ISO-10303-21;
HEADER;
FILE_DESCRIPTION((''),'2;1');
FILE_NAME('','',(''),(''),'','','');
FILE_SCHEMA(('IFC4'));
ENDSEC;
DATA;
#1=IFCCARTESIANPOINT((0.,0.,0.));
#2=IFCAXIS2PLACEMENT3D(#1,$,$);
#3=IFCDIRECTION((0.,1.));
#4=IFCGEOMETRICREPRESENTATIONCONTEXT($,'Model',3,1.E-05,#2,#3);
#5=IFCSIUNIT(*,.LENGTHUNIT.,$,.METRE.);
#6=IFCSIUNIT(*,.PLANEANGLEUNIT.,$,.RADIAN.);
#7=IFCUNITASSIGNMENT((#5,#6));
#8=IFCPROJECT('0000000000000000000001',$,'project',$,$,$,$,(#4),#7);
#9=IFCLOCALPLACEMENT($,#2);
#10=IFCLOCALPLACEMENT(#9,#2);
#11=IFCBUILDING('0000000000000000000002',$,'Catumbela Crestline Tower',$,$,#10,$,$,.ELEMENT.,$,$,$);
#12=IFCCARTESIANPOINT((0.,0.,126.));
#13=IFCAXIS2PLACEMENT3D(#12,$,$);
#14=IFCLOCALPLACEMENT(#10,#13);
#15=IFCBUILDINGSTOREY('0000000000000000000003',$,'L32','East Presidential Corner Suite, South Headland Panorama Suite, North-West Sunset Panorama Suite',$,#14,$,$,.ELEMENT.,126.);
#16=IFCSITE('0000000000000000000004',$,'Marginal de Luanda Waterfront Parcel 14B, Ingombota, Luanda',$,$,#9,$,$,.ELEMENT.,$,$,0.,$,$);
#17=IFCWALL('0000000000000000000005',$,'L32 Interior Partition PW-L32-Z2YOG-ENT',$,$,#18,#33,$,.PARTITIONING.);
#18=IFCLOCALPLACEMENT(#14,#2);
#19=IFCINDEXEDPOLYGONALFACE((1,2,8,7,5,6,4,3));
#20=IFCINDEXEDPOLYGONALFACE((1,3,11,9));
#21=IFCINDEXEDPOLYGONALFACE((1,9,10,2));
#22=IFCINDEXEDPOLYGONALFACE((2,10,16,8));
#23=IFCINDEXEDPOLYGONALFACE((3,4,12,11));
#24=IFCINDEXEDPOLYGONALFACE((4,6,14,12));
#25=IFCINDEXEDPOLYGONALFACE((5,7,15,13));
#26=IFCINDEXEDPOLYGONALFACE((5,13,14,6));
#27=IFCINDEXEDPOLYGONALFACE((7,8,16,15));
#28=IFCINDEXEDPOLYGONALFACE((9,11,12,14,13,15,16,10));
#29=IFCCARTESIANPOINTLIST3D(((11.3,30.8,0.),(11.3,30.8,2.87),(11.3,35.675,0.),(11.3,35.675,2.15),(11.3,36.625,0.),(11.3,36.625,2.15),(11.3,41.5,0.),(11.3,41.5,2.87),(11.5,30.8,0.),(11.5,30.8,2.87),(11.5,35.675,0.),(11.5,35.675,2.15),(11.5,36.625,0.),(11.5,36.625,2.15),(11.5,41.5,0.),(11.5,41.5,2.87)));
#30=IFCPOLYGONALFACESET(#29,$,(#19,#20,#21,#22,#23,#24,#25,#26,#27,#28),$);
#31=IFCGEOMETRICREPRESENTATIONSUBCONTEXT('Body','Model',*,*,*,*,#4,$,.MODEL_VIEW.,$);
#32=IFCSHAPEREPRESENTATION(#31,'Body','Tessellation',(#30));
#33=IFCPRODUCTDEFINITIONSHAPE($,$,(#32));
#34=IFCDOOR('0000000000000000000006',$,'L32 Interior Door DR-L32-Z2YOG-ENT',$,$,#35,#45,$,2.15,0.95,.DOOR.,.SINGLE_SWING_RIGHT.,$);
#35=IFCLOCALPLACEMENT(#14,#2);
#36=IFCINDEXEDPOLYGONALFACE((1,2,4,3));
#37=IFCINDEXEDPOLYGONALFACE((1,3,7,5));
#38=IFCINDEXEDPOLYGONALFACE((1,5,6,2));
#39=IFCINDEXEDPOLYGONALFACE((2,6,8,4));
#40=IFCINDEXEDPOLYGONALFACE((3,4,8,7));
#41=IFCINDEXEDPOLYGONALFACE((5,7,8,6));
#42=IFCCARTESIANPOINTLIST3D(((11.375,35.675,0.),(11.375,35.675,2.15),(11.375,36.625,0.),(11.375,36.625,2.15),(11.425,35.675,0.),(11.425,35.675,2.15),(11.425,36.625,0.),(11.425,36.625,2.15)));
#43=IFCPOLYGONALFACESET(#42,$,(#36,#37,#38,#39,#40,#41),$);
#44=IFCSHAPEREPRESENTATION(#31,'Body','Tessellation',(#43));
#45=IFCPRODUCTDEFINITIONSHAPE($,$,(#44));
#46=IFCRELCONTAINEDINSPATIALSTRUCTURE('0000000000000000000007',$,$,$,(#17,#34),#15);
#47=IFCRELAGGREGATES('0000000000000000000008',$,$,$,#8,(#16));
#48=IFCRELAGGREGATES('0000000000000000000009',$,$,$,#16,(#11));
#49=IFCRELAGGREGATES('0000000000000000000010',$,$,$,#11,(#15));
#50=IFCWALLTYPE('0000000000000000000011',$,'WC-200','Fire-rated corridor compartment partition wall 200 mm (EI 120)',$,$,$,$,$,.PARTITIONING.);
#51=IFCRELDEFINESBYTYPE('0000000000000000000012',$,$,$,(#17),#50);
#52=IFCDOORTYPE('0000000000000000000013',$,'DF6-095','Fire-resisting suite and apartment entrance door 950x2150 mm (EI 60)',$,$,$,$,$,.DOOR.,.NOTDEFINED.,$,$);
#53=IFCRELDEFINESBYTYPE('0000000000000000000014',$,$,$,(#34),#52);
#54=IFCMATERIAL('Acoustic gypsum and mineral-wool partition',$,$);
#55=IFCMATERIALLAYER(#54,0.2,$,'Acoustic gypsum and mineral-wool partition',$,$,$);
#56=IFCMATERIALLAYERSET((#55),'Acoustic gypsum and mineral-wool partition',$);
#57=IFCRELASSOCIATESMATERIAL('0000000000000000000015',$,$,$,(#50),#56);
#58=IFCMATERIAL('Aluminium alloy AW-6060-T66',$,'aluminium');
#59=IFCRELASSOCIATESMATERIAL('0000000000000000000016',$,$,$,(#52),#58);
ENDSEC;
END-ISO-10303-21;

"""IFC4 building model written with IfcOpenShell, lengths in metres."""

from ifc_helpers import new_model, si_unit, direction, frame, frame_2d, origin, place, context, subcontext, project, spatial, rectangle, extrude, material, layer, layer_set, type_object, element, fill, save


model = new_model("IFC4")

# Units and contexts
model_context = context("Model", 3, precision=1e-05, world=origin(), true_north=direction((0.0, 1.0)))
body_context = subcontext(model_context, "Body", "Model", "MODEL_VIEW")
ifc_project = project(units=[si_unit("LENGTHUNIT", "METRE"), si_unit("PLANEANGLEUNIT", "RADIAN")], contexts=[model_context])

# Site, building, storey
site_placement = place(None, origin())
site = spatial("IfcSite", under=ifc_project, at=site_placement, Name="Marginal de Luanda Waterfront Parcel 14B, Ingombota, Luanda", CompositionType="ELEMENT", RefElevation=0.0)
building_placement = place(site_placement, origin())
building = spatial("IfcBuilding", under=site, at=building_placement, Name="Catumbela Crestline Tower", CompositionType="ELEMENT")
storey_placement = place(building_placement, frame((0.0, 0.0, 126.0)))
storey = spatial("IfcBuildingStorey", under=building, at=storey_placement, Name="L32", Description="East Presidential Corner Suite, South Headland Panorama Suite, North-West Sunset Panorama Suite", CompositionType="ELEMENT", Elevation=126.0)

# Shared definitions
ifc_material_1 = material(Name="Acoustic gypsum and mineral-wool partition")
ifc_layer_1 = layer(ifc_material_1, 0.2, Name="Acoustic gypsum and mineral-wool partition")
ifc_layer_set_1 = layer_set([ifc_layer_1], Name="Acoustic gypsum and mineral-wool partition")
wall_type_1 = type_object("IfcWallType", Name="WC-200", Description="Fire-rated corridor compartment partition wall 200 mm (EI 120)", PredefinedType="PARTITIONING", material=ifc_layer_set_1)
ifc_material_2 = material(Name="Aluminium alloy AW-6060-T66", Category="aluminium")
door_type_1 = type_object("IfcDoorType", Name="DF6-095", Description="Fire-resisting suite and apartment entrance door 950x2150 mm (EI 60)", OperationType="NOTDEFINED", PredefinedType="DOOR", material=ifc_material_2)

# Wall, opening, door
wall_1_placement = place(storey_placement, frame((11.4, 30.8, 0.0), z_axis=(0.0, 0.0, 1.0), x_axis=(0.0, 1.0, 0.0)))
wall_1 = element("IfcWall", 1, at=wall_1_placement, inside=storey, type_object=wall_type_1, Name="L32 Interior Partition PW-L32-Z2YOG-ENT", PredefinedType="PARTITIONING", context=body_context, shape_type="SweptSolid", body=[
    extrude(rectangle(XDim=10.7, YDim=0.2, at=frame_2d((5.35, 0.0))), origin(), (0.0, 0.0, 1.0), 2.87),
])
opening_1_placement = place(wall_1_placement, frame((4.875, 0.0, 0.0)))
opening_1 = element("IfcOpeningElement", 2, at=opening_1_placement, cuts=wall_1, PredefinedType="OPENING", context=body_context, shape_type="SweptSolid", body=[
    extrude(rectangle(XDim=0.95, YDim=2.15, at=frame_2d((0.475, 1.075))), frame((0.0, 0.11, 0.0), z_axis=(0.0, -1.0, 0.0), x_axis=(1.0, 0.0, 0.0)), (0.0, 0.0, 1.0), 0.22),
])
door_1_placement = place(opening_1_placement, origin())
door_1 = element("IfcDoor", 3, at=door_1_placement, inside=storey, type_object=door_type_1, Name="L32 Interior Door DR-L32-Z2YOG-ENT", OperationType="SINGLE_SWING_RIGHT", OverallHeight=2.15, OverallWidth=0.95, PredefinedType="DOOR", context=body_context, shape_type="SweptSolid", body=[
    extrude(rectangle(XDim=0.95, YDim=2.15, at=frame_2d((0.475, 1.075))), frame((0.0, 0.025, 0.0), z_axis=(0.0, -1.0, 0.0), x_axis=(1.0, 0.0, 0.0)), (0.0, 0.0, 1.0), 0.05),
])
fill(opening_1, door_1)

save(model, "model.ifc")
